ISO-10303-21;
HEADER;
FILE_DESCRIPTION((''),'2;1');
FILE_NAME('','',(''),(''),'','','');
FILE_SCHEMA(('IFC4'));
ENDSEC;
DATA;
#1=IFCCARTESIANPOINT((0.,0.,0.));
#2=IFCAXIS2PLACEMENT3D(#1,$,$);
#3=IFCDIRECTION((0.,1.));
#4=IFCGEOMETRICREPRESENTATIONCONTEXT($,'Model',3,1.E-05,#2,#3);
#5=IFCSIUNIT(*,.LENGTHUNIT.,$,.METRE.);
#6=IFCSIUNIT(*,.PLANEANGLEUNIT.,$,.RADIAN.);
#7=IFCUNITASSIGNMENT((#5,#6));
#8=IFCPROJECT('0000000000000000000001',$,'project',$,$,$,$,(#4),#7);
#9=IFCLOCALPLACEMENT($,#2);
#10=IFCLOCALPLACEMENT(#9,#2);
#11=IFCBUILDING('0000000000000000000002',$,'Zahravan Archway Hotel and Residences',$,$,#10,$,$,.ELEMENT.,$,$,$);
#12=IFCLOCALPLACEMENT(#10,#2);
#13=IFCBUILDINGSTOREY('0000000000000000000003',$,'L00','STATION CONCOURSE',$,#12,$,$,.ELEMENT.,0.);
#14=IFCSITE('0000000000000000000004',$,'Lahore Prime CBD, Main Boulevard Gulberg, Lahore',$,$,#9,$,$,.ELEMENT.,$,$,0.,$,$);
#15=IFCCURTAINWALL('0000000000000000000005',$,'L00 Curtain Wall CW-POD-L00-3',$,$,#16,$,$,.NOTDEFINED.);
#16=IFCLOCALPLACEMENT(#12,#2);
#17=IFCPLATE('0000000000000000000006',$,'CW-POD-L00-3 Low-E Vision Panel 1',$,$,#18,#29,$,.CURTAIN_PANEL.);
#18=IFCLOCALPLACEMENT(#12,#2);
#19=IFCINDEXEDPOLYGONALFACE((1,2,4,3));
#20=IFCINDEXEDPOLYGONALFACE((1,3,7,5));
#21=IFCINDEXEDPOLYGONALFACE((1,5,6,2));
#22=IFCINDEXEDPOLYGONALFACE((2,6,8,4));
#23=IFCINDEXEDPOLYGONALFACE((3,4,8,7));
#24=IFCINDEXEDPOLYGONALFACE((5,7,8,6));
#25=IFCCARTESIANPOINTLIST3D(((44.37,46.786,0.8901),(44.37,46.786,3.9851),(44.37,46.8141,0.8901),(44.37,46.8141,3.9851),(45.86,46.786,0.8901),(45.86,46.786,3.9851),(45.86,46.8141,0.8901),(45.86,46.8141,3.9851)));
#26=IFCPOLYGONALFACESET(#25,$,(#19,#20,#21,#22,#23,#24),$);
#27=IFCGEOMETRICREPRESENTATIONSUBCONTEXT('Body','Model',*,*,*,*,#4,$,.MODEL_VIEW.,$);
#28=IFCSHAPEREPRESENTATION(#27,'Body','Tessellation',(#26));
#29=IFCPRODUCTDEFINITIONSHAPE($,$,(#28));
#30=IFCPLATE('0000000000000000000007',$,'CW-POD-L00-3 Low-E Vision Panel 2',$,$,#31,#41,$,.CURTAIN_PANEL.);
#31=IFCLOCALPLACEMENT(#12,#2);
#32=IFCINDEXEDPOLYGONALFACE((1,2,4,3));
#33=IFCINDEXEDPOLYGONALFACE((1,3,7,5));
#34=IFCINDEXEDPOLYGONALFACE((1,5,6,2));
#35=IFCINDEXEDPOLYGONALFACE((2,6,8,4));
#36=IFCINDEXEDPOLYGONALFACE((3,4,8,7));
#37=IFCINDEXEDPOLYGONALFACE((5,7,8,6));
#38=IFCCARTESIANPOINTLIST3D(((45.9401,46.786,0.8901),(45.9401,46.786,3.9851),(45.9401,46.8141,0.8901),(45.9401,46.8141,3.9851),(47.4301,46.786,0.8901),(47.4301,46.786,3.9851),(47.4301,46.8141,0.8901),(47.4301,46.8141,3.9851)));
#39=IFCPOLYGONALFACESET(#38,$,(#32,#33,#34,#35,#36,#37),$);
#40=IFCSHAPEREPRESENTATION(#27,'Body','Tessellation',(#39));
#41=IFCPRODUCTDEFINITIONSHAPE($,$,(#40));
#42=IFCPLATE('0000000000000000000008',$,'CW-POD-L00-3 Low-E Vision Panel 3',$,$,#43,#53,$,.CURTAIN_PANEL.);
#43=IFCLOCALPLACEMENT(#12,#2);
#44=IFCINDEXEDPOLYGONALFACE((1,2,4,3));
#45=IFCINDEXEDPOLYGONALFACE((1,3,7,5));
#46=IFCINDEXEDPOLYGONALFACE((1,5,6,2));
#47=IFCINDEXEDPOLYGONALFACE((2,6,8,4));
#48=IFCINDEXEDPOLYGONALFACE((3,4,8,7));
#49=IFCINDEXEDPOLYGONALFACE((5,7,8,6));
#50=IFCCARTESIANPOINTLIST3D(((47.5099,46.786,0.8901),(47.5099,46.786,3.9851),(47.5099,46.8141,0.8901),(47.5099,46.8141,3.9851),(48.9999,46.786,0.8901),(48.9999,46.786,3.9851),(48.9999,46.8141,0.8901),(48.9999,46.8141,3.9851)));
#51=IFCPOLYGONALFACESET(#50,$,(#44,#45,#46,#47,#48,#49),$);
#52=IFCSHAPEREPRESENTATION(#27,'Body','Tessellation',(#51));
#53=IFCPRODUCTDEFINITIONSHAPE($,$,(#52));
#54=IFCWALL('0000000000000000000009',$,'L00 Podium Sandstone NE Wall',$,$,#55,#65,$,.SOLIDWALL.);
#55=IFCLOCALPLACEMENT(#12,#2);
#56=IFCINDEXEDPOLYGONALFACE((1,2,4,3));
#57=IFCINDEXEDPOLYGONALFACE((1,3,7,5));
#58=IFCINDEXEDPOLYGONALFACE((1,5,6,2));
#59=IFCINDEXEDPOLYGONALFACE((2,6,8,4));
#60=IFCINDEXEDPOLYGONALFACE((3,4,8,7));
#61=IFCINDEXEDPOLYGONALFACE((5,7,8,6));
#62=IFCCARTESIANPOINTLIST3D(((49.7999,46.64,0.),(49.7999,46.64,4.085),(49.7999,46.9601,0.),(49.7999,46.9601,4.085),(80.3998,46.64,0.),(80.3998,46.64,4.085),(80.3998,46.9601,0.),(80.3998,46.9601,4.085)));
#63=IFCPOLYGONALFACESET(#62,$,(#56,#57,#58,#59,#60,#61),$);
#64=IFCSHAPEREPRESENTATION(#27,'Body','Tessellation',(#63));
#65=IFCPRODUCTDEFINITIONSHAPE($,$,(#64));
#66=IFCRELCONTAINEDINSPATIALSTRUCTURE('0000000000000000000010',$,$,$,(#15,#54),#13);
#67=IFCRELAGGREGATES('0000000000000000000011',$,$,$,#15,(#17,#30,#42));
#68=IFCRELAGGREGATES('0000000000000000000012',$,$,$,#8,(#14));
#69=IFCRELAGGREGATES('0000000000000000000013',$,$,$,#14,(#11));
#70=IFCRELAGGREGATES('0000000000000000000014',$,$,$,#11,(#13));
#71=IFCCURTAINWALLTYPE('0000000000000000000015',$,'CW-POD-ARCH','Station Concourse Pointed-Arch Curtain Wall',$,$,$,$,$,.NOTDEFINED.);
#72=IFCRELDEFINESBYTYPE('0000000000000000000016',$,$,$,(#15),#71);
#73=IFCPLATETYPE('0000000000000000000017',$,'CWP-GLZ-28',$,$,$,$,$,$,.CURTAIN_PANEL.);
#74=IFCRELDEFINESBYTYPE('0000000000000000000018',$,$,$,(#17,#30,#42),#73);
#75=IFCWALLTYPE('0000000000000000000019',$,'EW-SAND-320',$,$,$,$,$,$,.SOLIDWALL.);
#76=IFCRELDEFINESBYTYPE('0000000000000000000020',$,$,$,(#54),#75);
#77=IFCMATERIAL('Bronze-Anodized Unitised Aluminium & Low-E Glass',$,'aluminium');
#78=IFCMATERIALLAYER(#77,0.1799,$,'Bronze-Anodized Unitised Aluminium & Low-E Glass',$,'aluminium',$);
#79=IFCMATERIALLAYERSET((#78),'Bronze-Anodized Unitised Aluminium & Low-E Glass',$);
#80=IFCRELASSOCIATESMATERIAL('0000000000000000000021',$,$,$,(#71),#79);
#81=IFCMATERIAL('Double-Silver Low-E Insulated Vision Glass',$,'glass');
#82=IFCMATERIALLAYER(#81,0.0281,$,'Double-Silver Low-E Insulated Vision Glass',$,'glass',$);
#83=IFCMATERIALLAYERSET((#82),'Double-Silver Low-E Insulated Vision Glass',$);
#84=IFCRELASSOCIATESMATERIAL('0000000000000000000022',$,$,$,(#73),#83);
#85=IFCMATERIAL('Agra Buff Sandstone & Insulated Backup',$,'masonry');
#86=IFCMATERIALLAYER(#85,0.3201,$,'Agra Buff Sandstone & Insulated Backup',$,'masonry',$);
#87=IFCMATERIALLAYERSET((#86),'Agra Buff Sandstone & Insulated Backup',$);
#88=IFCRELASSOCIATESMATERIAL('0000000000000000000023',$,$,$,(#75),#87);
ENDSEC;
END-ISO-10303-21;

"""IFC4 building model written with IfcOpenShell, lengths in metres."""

from ifc_helpers import new_model, si_unit, direction, frame, frame_2d, origin, origin_2d, place, context, subcontext, project, spatial, rectangle, extrude, source, transform, mapped, material, layer, layer_set, type_object, element, aggregate, save


model = new_model("IFC4")

# Units and contexts
model_context = context("Model", 3, precision=1e-05, world=origin(), true_north=direction((0.0, 1.0)))
body_context = subcontext(model_context, "Body", "Model", "MODEL_VIEW")
ifc_project = project(units=[si_unit("LENGTHUNIT", "METRE"), si_unit("PLANEANGLEUNIT", "RADIAN")], contexts=[model_context])

# Site, building, storey
site_placement = place(None, origin())
site = spatial("IfcSite", under=ifc_project, at=site_placement, Name="Lahore Prime CBD, Main Boulevard Gulberg, Lahore", CompositionType="ELEMENT", RefElevation=0.0)
building_placement = place(site_placement, origin())
building = spatial("IfcBuilding", under=site, at=building_placement, Name="Zahravan Archway Hotel and Residences", CompositionType="ELEMENT")
storey_placement = place(building_placement, origin())
storey = spatial("IfcBuildingStorey", under=building, at=storey_placement, Name="L00", Description="STATION CONCOURSE", CompositionType="ELEMENT", Elevation=0.0)

# Curtain wall, plates
ifc_material_1 = material(Name="Bronze-Anodized Unitised Aluminium & Low-E Glass", Category="aluminium")
ifc_layer_1 = layer(ifc_material_1, 0.1799, Name="Bronze-Anodized Unitised Aluminium & Low-E Glass", Category="aluminium")
ifc_layer_set_1 = layer_set([ifc_layer_1], Name="Bronze-Anodized Unitised Aluminium & Low-E Glass")
curtain_wall_type = type_object("IfcCurtainWallType", Name="CW-POD-ARCH", Description="Station Concourse Pointed-Arch Curtain Wall", PredefinedType="NOTDEFINED", material=ifc_layer_set_1)
curtain_wall_placement = place(storey_placement, origin())
curtain_wall = element("IfcCurtainWall", 1, at=curtain_wall_placement, inside=storey, type_object=curtain_wall_type, Name="L00 Curtain Wall CW-POD-L00-3", PredefinedType="NOTDEFINED")
ifc_material_2 = material(Name="Double-Silver Low-E Insulated Vision Glass", Category="glass")
ifc_layer_2 = layer(ifc_material_2, 0.0281, Name="Double-Silver Low-E Insulated Vision Glass", Category="glass")
ifc_layer_set_2 = layer_set([ifc_layer_2], Name="Double-Silver Low-E Insulated Vision Glass")
plate_type_1 = type_object("IfcPlateType", Name="CWP-GLZ-28", PredefinedType="CURTAIN_PANEL", material=ifc_layer_set_2)
shared_shape_1 = source(origin(), body_context, "Body", "SweptSolid", [
    extrude(rectangle(XDim=1.49, YDim=0.0281, at=origin_2d()), origin(), (0.0, 0.0, 1.0), 3.095),
])
plate_1_placement = place(storey_placement, frame((45.115, 46.8, 0.8901), z_axis=(0.0, 0.0, 1.0), x_axis=(1.0, 0.0, 0.0)))
plate_1 = element("IfcPlate", 2, at=plate_1_placement, type_object=plate_type_1, Name="CW-POD-L00-3 Low-E Vision Panel 1", PredefinedType="CURTAIN_PANEL", context=body_context, shape_type="MappedRepresentation", body=[
    mapped(shared_shape_1, transform((0.0, 0.0, 0.0), scale=1.0)),
])
plate_2_placement = place(storey_placement, frame((46.6851, 46.8, 0.8901), z_axis=(0.0, 0.0, 1.0), x_axis=(1.0, 0.0, 0.0)))
plate_2 = element("IfcPlate", 3, at=plate_2_placement, type_object=plate_type_1, Name="CW-POD-L00-3 Low-E Vision Panel 2", PredefinedType="CURTAIN_PANEL", context=body_context, shape_type="MappedRepresentation", body=[
    mapped(shared_shape_1, transform((0.0, 0.0, 0.0), scale=1.0)),
])
plate_3_placement = place(storey_placement, frame((48.2549, 46.8, 0.8901), z_axis=(0.0, 0.0, 1.0), x_axis=(1.0, 0.0, 0.0)))
plate_3 = element("IfcPlate", 4, at=plate_3_placement, type_object=plate_type_1, Name="CW-POD-L00-3 Low-E Vision Panel 3", PredefinedType="CURTAIN_PANEL", context=body_context, shape_type="MappedRepresentation", body=[
    mapped(shared_shape_1, transform((0.0, 0.0, 0.0), scale=1.0)),
])
aggregate(curtain_wall, [plate_1, plate_2, plate_3])

# Wall
ifc_material_3 = material(Name="Agra Buff Sandstone & Insulated Backup", Category="masonry")
ifc_layer_3 = layer(ifc_material_3, 0.3201, Name="Agra Buff Sandstone & Insulated Backup", Category="masonry")
ifc_layer_set_3 = layer_set([ifc_layer_3], Name="Agra Buff Sandstone & Insulated Backup")
wall_type = type_object("IfcWallType", Name="EW-SAND-320", PredefinedType="SOLIDWALL", material=ifc_layer_set_3)
wall_placement = place(storey_placement, frame((49.8, 46.8, 0.0), z_axis=(0.0, 0.0, 1.0), x_axis=(1.0, 0.0, 0.0)))
element("IfcWall", 5, at=wall_placement, inside=storey, type_object=wall_type, Name="L00 Podium Sandstone NE Wall", PredefinedType="SOLIDWALL", context=body_context, shape_type="SweptSolid", body=[
    extrude(rectangle(XDim=30.5999, YDim=0.3201, at=frame_2d((15.2998, 0.0))), origin(), (0.0, 0.0, 1.0), 4.085),
])

save(model, "model.ifc")
